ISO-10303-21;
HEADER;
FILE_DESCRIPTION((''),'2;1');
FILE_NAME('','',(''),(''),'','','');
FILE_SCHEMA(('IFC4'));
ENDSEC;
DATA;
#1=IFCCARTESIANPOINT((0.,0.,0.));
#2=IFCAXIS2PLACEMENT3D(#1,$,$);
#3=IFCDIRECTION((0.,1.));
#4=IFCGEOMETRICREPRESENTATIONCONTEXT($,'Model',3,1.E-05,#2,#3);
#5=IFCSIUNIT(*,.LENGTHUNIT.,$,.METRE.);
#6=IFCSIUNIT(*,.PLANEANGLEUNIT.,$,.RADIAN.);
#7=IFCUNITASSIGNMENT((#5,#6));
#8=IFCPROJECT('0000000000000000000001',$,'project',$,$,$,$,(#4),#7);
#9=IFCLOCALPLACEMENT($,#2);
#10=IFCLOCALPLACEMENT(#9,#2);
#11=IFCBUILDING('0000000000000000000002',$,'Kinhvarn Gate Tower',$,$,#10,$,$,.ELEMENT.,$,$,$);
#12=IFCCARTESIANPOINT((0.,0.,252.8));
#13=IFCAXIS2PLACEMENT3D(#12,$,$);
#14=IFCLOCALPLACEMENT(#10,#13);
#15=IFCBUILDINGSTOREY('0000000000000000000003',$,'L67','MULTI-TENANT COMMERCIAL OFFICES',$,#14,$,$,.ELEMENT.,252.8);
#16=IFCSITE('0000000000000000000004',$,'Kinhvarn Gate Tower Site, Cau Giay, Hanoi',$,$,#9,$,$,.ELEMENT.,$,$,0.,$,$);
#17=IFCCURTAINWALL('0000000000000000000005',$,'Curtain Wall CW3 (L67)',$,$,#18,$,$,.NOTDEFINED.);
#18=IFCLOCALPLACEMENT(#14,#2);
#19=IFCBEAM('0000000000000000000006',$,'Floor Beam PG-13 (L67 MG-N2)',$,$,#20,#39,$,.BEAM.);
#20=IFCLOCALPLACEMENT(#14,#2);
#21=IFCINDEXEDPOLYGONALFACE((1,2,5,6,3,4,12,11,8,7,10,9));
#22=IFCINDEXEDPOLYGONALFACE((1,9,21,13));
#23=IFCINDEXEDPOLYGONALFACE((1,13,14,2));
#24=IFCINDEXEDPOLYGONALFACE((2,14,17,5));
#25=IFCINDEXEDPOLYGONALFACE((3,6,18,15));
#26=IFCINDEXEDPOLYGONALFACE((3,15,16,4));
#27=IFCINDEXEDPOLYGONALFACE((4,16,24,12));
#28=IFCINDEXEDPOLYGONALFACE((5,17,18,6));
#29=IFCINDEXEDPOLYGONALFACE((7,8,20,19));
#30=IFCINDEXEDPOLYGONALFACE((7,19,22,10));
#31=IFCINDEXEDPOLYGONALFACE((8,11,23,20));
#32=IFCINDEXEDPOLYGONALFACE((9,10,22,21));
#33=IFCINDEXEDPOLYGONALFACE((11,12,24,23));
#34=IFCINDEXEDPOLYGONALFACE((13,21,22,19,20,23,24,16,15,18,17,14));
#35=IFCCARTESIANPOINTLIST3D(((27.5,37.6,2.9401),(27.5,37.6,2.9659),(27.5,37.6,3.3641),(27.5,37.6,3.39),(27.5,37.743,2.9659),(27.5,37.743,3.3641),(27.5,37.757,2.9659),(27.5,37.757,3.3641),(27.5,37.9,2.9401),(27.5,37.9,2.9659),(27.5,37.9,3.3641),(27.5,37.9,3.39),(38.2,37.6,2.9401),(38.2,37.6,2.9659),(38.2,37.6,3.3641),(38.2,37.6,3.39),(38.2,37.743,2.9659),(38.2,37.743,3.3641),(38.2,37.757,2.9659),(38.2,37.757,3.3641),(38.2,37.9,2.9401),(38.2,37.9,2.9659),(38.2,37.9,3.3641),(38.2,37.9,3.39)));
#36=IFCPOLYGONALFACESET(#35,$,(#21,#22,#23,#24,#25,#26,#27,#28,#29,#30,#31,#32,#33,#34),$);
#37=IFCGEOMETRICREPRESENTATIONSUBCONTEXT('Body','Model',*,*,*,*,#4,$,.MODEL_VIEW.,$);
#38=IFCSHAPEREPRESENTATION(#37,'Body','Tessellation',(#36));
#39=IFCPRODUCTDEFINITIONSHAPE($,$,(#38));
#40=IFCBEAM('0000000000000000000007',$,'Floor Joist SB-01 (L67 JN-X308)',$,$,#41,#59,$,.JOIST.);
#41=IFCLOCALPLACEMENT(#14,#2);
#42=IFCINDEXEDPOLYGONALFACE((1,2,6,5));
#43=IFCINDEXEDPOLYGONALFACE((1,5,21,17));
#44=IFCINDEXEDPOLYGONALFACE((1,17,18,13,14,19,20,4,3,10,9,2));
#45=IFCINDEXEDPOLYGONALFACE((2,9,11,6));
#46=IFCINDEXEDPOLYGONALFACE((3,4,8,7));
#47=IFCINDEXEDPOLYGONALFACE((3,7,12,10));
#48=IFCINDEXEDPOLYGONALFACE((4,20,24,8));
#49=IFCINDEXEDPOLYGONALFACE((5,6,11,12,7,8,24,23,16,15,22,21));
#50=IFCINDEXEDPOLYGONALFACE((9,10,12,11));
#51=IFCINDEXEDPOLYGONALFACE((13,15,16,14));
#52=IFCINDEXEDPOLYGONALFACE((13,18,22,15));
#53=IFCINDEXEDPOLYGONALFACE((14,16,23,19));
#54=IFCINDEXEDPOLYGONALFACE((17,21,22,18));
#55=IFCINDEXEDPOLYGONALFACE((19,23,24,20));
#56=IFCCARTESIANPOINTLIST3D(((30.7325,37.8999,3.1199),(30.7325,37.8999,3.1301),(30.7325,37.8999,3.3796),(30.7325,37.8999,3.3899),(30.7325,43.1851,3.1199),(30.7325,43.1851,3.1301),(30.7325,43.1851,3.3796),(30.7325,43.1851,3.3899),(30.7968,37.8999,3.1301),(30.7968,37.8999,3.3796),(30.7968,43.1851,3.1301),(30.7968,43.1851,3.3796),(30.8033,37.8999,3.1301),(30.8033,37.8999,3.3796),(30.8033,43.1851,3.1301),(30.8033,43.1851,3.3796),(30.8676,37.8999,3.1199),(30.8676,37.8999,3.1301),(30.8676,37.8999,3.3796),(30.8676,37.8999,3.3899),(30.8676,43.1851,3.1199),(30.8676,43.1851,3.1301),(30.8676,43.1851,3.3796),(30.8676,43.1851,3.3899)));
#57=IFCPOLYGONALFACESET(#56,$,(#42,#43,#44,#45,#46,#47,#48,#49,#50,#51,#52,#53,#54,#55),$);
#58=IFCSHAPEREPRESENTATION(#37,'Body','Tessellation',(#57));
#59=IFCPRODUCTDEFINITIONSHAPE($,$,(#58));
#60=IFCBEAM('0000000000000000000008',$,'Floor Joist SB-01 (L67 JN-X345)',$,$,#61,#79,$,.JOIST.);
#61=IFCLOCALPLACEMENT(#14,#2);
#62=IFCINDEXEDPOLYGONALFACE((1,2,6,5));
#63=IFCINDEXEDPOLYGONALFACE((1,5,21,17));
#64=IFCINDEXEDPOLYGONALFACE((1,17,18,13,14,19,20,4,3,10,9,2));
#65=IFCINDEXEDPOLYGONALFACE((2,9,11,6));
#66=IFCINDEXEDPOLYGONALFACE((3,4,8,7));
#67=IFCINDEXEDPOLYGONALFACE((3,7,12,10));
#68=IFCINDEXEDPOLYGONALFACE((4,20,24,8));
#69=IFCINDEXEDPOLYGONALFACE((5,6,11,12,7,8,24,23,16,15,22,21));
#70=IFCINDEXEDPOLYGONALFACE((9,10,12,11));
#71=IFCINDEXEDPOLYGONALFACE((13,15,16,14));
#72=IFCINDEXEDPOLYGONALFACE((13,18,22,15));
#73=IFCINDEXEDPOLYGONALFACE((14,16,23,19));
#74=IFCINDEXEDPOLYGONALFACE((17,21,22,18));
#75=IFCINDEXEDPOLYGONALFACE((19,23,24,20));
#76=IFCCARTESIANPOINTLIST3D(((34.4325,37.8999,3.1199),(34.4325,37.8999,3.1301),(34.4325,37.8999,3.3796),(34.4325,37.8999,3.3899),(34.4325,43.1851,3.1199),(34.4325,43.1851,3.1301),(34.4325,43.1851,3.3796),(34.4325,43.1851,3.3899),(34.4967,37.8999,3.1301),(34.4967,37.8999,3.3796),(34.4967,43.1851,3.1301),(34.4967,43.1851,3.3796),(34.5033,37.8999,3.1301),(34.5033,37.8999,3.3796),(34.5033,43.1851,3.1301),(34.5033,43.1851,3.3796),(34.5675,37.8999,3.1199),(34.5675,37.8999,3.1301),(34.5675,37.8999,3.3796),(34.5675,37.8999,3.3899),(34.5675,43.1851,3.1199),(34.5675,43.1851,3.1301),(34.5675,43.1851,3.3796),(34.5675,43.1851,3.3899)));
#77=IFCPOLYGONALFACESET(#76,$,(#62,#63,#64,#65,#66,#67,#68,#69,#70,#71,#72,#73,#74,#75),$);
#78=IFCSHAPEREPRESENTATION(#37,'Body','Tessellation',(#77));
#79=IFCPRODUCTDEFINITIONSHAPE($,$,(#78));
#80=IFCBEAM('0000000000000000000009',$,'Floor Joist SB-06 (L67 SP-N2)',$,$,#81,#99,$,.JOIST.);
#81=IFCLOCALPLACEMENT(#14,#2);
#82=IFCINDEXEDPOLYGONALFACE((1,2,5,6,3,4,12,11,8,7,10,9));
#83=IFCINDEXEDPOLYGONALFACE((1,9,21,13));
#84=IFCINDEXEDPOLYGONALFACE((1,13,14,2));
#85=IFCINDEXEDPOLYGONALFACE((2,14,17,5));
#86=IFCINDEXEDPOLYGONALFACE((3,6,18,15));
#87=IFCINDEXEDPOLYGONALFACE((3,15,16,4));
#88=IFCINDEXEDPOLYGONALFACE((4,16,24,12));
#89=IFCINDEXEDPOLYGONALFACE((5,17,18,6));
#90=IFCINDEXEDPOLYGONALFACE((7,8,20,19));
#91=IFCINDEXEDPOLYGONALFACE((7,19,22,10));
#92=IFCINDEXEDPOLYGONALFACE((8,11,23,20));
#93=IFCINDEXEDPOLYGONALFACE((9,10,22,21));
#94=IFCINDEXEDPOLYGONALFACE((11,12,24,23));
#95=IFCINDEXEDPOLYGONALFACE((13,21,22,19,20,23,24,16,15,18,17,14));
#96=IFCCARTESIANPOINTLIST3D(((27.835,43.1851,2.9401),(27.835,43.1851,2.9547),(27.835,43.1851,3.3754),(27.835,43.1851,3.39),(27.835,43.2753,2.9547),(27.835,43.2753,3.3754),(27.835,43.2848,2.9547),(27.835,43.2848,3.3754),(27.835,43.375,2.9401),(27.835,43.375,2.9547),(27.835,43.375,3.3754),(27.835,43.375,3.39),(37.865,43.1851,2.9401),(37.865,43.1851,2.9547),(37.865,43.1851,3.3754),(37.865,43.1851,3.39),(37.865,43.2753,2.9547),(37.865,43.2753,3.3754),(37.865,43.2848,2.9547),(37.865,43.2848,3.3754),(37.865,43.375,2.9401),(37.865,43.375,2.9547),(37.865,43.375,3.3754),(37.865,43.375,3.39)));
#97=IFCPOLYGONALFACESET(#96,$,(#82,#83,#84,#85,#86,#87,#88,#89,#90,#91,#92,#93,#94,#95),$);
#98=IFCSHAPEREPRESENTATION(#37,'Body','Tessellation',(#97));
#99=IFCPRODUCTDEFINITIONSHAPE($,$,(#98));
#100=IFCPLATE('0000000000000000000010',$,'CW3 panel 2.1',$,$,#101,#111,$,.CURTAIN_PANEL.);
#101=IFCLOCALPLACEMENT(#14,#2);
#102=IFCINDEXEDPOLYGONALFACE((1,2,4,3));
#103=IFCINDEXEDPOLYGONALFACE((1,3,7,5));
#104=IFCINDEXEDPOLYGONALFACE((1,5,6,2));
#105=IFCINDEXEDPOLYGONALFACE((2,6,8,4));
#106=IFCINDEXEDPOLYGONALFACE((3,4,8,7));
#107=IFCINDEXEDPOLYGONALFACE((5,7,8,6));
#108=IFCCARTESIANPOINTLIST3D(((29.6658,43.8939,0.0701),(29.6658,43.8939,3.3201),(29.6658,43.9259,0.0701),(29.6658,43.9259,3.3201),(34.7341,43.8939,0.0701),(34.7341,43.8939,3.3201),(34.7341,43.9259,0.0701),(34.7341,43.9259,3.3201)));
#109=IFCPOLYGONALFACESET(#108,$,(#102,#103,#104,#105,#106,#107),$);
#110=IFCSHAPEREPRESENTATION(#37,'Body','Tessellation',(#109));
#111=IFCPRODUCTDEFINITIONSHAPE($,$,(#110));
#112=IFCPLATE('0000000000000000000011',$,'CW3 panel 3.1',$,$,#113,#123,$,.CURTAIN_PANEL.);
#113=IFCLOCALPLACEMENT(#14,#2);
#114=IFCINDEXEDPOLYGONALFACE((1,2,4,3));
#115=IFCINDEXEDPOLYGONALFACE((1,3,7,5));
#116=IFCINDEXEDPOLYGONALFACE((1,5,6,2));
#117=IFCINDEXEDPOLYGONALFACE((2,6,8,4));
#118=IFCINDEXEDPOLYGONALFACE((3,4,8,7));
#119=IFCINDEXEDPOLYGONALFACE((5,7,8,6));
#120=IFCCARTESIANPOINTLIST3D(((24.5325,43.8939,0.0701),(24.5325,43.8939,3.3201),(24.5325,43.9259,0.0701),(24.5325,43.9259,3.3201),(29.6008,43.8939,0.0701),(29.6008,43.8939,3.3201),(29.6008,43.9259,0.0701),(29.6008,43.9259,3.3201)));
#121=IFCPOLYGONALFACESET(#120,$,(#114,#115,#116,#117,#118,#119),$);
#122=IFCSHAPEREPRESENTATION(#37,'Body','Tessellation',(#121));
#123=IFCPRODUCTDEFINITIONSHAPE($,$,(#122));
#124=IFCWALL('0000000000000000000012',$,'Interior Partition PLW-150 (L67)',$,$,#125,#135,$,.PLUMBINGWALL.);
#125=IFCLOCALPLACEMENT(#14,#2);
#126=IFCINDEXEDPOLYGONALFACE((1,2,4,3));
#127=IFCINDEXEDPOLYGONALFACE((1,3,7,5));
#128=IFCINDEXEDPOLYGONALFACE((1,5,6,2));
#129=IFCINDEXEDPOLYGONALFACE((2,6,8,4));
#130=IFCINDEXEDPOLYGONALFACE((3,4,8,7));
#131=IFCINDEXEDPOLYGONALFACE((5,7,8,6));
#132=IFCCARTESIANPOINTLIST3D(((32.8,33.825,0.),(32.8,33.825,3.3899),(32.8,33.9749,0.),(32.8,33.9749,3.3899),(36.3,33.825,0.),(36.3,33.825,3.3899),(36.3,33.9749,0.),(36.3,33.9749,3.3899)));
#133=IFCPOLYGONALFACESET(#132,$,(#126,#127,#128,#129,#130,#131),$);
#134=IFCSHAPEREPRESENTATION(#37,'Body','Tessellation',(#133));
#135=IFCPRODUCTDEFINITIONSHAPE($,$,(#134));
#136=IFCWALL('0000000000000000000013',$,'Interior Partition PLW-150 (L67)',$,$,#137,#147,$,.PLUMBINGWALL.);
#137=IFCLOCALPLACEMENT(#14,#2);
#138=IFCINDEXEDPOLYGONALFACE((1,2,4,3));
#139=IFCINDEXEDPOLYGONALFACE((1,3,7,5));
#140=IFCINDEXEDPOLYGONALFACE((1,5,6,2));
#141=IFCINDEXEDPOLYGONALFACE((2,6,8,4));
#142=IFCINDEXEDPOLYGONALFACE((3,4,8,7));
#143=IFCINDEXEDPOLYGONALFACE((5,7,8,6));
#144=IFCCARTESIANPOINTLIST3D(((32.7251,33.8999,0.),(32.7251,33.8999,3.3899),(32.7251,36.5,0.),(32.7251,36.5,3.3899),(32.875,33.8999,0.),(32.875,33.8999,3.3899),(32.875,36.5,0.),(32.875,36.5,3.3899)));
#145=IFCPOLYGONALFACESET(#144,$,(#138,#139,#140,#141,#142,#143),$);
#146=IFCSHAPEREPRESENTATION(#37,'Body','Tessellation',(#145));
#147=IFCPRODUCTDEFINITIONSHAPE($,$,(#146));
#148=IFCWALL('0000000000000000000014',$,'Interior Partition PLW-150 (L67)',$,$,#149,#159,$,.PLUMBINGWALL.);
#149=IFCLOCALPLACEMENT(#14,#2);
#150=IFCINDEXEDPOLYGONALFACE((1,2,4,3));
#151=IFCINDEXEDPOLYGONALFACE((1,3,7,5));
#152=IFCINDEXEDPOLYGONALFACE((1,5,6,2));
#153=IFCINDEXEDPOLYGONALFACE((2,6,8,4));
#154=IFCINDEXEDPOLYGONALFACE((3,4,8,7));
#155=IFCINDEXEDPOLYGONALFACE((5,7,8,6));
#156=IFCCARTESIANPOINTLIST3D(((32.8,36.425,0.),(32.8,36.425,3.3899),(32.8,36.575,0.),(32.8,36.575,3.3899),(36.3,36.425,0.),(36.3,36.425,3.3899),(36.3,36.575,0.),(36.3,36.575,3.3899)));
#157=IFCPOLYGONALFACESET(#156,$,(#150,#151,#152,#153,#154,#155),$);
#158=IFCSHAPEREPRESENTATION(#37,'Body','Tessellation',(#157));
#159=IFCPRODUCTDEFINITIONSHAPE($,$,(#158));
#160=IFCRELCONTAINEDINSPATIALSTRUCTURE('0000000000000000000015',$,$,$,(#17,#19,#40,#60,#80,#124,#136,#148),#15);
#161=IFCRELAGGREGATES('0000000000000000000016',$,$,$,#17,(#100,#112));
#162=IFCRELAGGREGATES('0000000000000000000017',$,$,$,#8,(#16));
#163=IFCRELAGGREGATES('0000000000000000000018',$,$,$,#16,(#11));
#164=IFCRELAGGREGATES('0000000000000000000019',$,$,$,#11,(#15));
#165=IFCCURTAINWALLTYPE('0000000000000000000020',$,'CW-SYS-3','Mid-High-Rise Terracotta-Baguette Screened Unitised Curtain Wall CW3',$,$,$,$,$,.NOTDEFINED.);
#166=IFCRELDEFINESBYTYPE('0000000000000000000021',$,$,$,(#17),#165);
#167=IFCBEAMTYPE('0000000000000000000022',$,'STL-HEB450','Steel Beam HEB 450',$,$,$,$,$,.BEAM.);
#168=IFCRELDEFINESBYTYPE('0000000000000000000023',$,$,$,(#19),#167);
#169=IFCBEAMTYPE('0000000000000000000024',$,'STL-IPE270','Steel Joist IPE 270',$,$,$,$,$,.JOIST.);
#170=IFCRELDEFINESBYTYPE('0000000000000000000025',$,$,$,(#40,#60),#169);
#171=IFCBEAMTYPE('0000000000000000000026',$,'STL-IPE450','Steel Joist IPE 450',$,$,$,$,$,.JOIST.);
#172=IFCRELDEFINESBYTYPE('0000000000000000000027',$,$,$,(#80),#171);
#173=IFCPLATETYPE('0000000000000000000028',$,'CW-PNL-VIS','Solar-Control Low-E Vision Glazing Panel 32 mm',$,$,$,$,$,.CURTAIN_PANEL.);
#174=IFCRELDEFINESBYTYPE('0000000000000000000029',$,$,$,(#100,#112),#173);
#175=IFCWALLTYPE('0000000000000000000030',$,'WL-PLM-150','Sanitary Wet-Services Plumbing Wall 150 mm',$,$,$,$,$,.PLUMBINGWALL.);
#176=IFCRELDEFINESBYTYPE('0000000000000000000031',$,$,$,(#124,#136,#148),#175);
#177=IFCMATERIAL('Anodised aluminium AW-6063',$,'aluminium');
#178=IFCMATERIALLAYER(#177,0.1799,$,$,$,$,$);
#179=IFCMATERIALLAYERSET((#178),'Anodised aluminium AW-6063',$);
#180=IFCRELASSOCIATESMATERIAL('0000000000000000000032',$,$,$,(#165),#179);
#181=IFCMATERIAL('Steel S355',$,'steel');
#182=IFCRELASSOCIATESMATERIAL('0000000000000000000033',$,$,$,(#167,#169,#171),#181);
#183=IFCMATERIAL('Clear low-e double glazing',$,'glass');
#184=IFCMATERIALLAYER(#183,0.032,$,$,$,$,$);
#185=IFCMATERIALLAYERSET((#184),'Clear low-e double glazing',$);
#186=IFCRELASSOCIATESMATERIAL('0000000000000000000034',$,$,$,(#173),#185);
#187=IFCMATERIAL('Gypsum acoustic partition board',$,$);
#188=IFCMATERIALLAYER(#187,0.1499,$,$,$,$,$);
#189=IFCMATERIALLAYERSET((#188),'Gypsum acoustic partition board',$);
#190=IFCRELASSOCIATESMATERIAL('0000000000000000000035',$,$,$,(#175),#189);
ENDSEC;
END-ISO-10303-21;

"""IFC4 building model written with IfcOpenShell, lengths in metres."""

from ifc_helpers import new_model, si_unit, direction, frame, frame_2d, origin, origin_2d, place, context, subcontext, project, spatial, rectangle, i_section, extrude, material, layer, layer_set, material_profile, profile_set, type_object, element, aggregate, save


model = new_model("IFC4")

# Units and contexts
model_context = context("Model", 3, precision=1e-05, world=origin(), true_north=direction((0.0, 1.0)))
body_context = subcontext(model_context, "Body", "Model", "MODEL_VIEW")
ifc_project = project(units=[si_unit("LENGTHUNIT", "METRE"), si_unit("PLANEANGLEUNIT", "RADIAN")], contexts=[model_context])

# Site, building, storey
site_placement = place(None, origin())
site = spatial("IfcSite", under=ifc_project, at=site_placement, Name="Kinhvarn Gate Tower Site, Cau Giay, Hanoi", CompositionType="ELEMENT", RefElevation=0.0)
building_placement = place(site_placement, origin())
building = spatial("IfcBuilding", under=site, at=building_placement, Name="Kinhvarn Gate Tower", CompositionType="ELEMENT")
storey_placement = place(building_placement, frame((0.0, 0.0, 252.8)))
storey = spatial("IfcBuildingStorey", under=building, at=storey_placement, Name="L67", Description="MULTI-TENANT COMMERCIAL OFFICES", CompositionType="ELEMENT", Elevation=252.8)

# Curtain wall
ifc_material_1 = material(Name="Anodised aluminium AW-6063", Category="aluminium")
ifc_layer_1 = layer(ifc_material_1, 0.1799)
ifc_layer_set_1 = layer_set([ifc_layer_1], Name="Anodised aluminium AW-6063")
curtain_wall_type = type_object("IfcCurtainWallType", Name="CW-SYS-3", Description="Mid-High-Rise Terracotta-Baguette Screened Unitised Curtain Wall CW3", PredefinedType="NOTDEFINED", material=ifc_layer_set_1)
curtain_wall_placement = place(storey_placement, origin())
curtain_wall = element("IfcCurtainWall", 1, at=curtain_wall_placement, inside=storey, type_object=curtain_wall_type, Name="Curtain Wall CW3 (L67)", PredefinedType="NOTDEFINED")

# Beams
ifc_material_2 = material(Name="Steel S355", Category="steel")
ifc_material_profile_1 = material_profile(ifc_material_2, i_section(OverallWidth=0.3, OverallDepth=0.45, WebThickness=0.0139, FlangeThickness=0.0259, at=origin_2d()), Name="HEB 450")
ifc_profile_set_1 = profile_set([ifc_material_profile_1], Name="Steel S355")
beam_type_1 = type_object("IfcBeamType", Name="STL-HEB450", Description="Steel Beam HEB 450", PredefinedType="BEAM", material=ifc_profile_set_1)
beam_1_placement = place(storey_placement, frame((27.5, 37.75, 3.165), z_axis=(1.0, 0.0, 0.0), x_axis=(0.0, 1.0, 0.0)))
element("IfcBeam", 2, at=beam_1_placement, inside=storey, type_object=beam_type_1, Name="Floor Beam PG-13 (L67 MG-N2)", PredefinedType="BEAM", context=body_context, shape_type="SweptSolid", body=[
    extrude(i_section(OverallWidth=0.3, OverallDepth=0.45, WebThickness=0.0139, FlangeThickness=0.0259, at=origin_2d()), origin(), (0.0, 0.0, 1.0), 10.7),
])
ifc_material_profile_2 = material_profile(ifc_material_2, i_section(OverallWidth=0.135, OverallDepth=0.27, WebThickness=0.0066, FlangeThickness=0.0103, at=origin_2d()), Name="IPE 270")
ifc_profile_set_2 = profile_set([ifc_material_profile_2], Name="Steel S355")
beam_type_2 = type_object("IfcBeamType", Name="STL-IPE270", Description="Steel Joist IPE 270", PredefinedType="JOIST", material=ifc_profile_set_2)
for number, where, z_axis, x_axis, name in (
    (3, (30.8, 37.8999, 3.2549), (0.0, 1.0, 0.0), (-1.0, 0.0, 0.0), "Floor Joist SB-01 (L67 JN-X308)"),
    (4, (34.5, 37.8999, 3.2549), (0.0, 1.0, 0.0), (-1.0, 0.0, 0.0), "Floor Joist SB-01 (L67 JN-X345)"),
):
    element("IfcBeam", number, at=place(storey_placement, frame(where, z_axis=z_axis, x_axis=x_axis)), inside=storey, type_object=beam_type_2, Name=name, PredefinedType="JOIST", context=body_context, shape_type="SweptSolid", body=[
        extrude(i_section(OverallWidth=0.135, OverallDepth=0.27, WebThickness=0.0066, FlangeThickness=0.0103, at=origin_2d()), origin(), (0.0, 0.0, 1.0), 5.2852),
    ])
ifc_material_profile_3 = material_profile(ifc_material_2, i_section(OverallWidth=0.1899, OverallDepth=0.45, WebThickness=0.0095, FlangeThickness=0.0146, at=origin_2d()), Name="IPE 450")
ifc_profile_set_3 = profile_set([ifc_material_profile_3], Name="Steel S355")
beam_type_3 = type_object("IfcBeamType", Name="STL-IPE450", Description="Steel Joist IPE 450", PredefinedType="JOIST", material=ifc_profile_set_3)
beam_2_placement = place(storey_placement, frame((27.835, 43.28, 3.165), z_axis=(1.0, 0.0, 0.0), x_axis=(0.0, 1.0, 0.0)))
element("IfcBeam", 5, at=beam_2_placement, inside=storey, type_object=beam_type_3, Name="Floor Joist SB-06 (L67 SP-N2)", PredefinedType="JOIST", context=body_context, shape_type="SweptSolid", body=[
    extrude(i_section(OverallWidth=0.1899, OverallDepth=0.45, WebThickness=0.0095, FlangeThickness=0.0146, at=origin_2d()), origin(), (0.0, 0.0, 1.0), 10.03),
])

# Plates
ifc_material_3 = material(Name="Clear low-e double glazing", Category="glass")
ifc_layer_2 = layer(ifc_material_3, 0.032)
ifc_layer_set_2 = layer_set([ifc_layer_2], Name="Clear low-e double glazing")
plate_type = type_object("IfcPlateType", Name="CW-PNL-VIS", Description="Solar-Control Low-E Vision Glazing Panel 32 mm", PredefinedType="CURTAIN_PANEL", material=ifc_layer_set_2)
plate_1_placement = place(storey_placement, frame((32.2, 43.9099, 0.0701), z_axis=(0.0, 0.0, 1.0), x_axis=(-1.0, 0.0, 0.0)))
plate_1 = element("IfcPlate", 6, at=plate_1_placement, type_object=plate_type, Name="CW3 panel 2.1", PredefinedType="CURTAIN_PANEL", context=body_context, shape_type="SweptSolid", body=[
    extrude(rectangle(XDim=5.0684, YDim=0.032, at=origin_2d()), origin(), (0.0, 0.0, 1.0), 3.25),
])
plate_2_placement = place(storey_placement, frame((27.0667, 43.9099, 0.0701), z_axis=(0.0, 0.0, 1.0), x_axis=(-1.0, 0.0, 0.0)))
plate_2 = element("IfcPlate", 7, at=plate_2_placement, type_object=plate_type, Name="CW3 panel 3.1", PredefinedType="CURTAIN_PANEL", context=body_context, shape_type="SweptSolid", body=[
    extrude(rectangle(XDim=5.0684, YDim=0.032, at=origin_2d()), origin(), (0.0, 0.0, 1.0), 3.25),
])
aggregate(curtain_wall, [plate_1, plate_2])

# Walls
ifc_material_4 = material(Name="Gypsum acoustic partition board")
ifc_layer_3 = layer(ifc_material_4, 0.1499)
ifc_layer_set_3 = layer_set([ifc_layer_3], Name="Gypsum acoustic partition board")
wall_type_1 = type_object("IfcWallType", Name="WL-PLM-150", Description="Sanitary Wet-Services Plumbing Wall 150 mm", PredefinedType="PLUMBINGWALL", material=ifc_layer_set_3)
wall_1_placement = place(storey_placement, frame((32.8, 33.8999, 0.0), z_axis=(0.0, 0.0, 1.0), x_axis=(1.0, 0.0, 0.0)))
element("IfcWall", 8, at=wall_1_placement, inside=storey, type_object=wall_type_1, Name="Interior Partition PLW-150 (L67)", PredefinedType="PLUMBINGWALL", context=body_context, shape_type="SweptSolid", body=[
    extrude(rectangle(XDim=3.5, YDim=0.1499, at=frame_2d((1.75, 0.0))), origin(), (0.0, 0.0, 1.0), 3.3899),
])
wall_2_placement = place(storey_placement, frame((32.8, 33.8999, 0.0), z_axis=(0.0, 0.0, 1.0), x_axis=(0.0, 1.0, 0.0)))
element("IfcWall", 9, at=wall_2_placement, inside=storey, type_object=wall_type_1, Name="Interior Partition PLW-150 (L67)", PredefinedType="PLUMBINGWALL", context=body_context, shape_type="SweptSolid", body=[
    extrude(rectangle(XDim=2.6001, YDim=0.1499, at=frame_2d((1.3, 0.0))), origin(), (0.0, 0.0, 1.0), 3.3899),
])
wall_3_placement = place(storey_placement, frame((32.8, 36.5, 0.0), z_axis=(0.0, 0.0, 1.0), x_axis=(1.0, 0.0, 0.0)))
element("IfcWall", 10, at=wall_3_placement, inside=storey, type_object=wall_type_1, Name="Interior Partition PLW-150 (L67)", PredefinedType="PLUMBINGWALL", context=body_context, shape_type="SweptSolid", body=[
    extrude(rectangle(XDim=3.5, YDim=0.1499, at=frame_2d((1.75, 0.0))), origin(), (0.0, 0.0, 1.0), 3.3899),
])

save(model, "model.ifc")
